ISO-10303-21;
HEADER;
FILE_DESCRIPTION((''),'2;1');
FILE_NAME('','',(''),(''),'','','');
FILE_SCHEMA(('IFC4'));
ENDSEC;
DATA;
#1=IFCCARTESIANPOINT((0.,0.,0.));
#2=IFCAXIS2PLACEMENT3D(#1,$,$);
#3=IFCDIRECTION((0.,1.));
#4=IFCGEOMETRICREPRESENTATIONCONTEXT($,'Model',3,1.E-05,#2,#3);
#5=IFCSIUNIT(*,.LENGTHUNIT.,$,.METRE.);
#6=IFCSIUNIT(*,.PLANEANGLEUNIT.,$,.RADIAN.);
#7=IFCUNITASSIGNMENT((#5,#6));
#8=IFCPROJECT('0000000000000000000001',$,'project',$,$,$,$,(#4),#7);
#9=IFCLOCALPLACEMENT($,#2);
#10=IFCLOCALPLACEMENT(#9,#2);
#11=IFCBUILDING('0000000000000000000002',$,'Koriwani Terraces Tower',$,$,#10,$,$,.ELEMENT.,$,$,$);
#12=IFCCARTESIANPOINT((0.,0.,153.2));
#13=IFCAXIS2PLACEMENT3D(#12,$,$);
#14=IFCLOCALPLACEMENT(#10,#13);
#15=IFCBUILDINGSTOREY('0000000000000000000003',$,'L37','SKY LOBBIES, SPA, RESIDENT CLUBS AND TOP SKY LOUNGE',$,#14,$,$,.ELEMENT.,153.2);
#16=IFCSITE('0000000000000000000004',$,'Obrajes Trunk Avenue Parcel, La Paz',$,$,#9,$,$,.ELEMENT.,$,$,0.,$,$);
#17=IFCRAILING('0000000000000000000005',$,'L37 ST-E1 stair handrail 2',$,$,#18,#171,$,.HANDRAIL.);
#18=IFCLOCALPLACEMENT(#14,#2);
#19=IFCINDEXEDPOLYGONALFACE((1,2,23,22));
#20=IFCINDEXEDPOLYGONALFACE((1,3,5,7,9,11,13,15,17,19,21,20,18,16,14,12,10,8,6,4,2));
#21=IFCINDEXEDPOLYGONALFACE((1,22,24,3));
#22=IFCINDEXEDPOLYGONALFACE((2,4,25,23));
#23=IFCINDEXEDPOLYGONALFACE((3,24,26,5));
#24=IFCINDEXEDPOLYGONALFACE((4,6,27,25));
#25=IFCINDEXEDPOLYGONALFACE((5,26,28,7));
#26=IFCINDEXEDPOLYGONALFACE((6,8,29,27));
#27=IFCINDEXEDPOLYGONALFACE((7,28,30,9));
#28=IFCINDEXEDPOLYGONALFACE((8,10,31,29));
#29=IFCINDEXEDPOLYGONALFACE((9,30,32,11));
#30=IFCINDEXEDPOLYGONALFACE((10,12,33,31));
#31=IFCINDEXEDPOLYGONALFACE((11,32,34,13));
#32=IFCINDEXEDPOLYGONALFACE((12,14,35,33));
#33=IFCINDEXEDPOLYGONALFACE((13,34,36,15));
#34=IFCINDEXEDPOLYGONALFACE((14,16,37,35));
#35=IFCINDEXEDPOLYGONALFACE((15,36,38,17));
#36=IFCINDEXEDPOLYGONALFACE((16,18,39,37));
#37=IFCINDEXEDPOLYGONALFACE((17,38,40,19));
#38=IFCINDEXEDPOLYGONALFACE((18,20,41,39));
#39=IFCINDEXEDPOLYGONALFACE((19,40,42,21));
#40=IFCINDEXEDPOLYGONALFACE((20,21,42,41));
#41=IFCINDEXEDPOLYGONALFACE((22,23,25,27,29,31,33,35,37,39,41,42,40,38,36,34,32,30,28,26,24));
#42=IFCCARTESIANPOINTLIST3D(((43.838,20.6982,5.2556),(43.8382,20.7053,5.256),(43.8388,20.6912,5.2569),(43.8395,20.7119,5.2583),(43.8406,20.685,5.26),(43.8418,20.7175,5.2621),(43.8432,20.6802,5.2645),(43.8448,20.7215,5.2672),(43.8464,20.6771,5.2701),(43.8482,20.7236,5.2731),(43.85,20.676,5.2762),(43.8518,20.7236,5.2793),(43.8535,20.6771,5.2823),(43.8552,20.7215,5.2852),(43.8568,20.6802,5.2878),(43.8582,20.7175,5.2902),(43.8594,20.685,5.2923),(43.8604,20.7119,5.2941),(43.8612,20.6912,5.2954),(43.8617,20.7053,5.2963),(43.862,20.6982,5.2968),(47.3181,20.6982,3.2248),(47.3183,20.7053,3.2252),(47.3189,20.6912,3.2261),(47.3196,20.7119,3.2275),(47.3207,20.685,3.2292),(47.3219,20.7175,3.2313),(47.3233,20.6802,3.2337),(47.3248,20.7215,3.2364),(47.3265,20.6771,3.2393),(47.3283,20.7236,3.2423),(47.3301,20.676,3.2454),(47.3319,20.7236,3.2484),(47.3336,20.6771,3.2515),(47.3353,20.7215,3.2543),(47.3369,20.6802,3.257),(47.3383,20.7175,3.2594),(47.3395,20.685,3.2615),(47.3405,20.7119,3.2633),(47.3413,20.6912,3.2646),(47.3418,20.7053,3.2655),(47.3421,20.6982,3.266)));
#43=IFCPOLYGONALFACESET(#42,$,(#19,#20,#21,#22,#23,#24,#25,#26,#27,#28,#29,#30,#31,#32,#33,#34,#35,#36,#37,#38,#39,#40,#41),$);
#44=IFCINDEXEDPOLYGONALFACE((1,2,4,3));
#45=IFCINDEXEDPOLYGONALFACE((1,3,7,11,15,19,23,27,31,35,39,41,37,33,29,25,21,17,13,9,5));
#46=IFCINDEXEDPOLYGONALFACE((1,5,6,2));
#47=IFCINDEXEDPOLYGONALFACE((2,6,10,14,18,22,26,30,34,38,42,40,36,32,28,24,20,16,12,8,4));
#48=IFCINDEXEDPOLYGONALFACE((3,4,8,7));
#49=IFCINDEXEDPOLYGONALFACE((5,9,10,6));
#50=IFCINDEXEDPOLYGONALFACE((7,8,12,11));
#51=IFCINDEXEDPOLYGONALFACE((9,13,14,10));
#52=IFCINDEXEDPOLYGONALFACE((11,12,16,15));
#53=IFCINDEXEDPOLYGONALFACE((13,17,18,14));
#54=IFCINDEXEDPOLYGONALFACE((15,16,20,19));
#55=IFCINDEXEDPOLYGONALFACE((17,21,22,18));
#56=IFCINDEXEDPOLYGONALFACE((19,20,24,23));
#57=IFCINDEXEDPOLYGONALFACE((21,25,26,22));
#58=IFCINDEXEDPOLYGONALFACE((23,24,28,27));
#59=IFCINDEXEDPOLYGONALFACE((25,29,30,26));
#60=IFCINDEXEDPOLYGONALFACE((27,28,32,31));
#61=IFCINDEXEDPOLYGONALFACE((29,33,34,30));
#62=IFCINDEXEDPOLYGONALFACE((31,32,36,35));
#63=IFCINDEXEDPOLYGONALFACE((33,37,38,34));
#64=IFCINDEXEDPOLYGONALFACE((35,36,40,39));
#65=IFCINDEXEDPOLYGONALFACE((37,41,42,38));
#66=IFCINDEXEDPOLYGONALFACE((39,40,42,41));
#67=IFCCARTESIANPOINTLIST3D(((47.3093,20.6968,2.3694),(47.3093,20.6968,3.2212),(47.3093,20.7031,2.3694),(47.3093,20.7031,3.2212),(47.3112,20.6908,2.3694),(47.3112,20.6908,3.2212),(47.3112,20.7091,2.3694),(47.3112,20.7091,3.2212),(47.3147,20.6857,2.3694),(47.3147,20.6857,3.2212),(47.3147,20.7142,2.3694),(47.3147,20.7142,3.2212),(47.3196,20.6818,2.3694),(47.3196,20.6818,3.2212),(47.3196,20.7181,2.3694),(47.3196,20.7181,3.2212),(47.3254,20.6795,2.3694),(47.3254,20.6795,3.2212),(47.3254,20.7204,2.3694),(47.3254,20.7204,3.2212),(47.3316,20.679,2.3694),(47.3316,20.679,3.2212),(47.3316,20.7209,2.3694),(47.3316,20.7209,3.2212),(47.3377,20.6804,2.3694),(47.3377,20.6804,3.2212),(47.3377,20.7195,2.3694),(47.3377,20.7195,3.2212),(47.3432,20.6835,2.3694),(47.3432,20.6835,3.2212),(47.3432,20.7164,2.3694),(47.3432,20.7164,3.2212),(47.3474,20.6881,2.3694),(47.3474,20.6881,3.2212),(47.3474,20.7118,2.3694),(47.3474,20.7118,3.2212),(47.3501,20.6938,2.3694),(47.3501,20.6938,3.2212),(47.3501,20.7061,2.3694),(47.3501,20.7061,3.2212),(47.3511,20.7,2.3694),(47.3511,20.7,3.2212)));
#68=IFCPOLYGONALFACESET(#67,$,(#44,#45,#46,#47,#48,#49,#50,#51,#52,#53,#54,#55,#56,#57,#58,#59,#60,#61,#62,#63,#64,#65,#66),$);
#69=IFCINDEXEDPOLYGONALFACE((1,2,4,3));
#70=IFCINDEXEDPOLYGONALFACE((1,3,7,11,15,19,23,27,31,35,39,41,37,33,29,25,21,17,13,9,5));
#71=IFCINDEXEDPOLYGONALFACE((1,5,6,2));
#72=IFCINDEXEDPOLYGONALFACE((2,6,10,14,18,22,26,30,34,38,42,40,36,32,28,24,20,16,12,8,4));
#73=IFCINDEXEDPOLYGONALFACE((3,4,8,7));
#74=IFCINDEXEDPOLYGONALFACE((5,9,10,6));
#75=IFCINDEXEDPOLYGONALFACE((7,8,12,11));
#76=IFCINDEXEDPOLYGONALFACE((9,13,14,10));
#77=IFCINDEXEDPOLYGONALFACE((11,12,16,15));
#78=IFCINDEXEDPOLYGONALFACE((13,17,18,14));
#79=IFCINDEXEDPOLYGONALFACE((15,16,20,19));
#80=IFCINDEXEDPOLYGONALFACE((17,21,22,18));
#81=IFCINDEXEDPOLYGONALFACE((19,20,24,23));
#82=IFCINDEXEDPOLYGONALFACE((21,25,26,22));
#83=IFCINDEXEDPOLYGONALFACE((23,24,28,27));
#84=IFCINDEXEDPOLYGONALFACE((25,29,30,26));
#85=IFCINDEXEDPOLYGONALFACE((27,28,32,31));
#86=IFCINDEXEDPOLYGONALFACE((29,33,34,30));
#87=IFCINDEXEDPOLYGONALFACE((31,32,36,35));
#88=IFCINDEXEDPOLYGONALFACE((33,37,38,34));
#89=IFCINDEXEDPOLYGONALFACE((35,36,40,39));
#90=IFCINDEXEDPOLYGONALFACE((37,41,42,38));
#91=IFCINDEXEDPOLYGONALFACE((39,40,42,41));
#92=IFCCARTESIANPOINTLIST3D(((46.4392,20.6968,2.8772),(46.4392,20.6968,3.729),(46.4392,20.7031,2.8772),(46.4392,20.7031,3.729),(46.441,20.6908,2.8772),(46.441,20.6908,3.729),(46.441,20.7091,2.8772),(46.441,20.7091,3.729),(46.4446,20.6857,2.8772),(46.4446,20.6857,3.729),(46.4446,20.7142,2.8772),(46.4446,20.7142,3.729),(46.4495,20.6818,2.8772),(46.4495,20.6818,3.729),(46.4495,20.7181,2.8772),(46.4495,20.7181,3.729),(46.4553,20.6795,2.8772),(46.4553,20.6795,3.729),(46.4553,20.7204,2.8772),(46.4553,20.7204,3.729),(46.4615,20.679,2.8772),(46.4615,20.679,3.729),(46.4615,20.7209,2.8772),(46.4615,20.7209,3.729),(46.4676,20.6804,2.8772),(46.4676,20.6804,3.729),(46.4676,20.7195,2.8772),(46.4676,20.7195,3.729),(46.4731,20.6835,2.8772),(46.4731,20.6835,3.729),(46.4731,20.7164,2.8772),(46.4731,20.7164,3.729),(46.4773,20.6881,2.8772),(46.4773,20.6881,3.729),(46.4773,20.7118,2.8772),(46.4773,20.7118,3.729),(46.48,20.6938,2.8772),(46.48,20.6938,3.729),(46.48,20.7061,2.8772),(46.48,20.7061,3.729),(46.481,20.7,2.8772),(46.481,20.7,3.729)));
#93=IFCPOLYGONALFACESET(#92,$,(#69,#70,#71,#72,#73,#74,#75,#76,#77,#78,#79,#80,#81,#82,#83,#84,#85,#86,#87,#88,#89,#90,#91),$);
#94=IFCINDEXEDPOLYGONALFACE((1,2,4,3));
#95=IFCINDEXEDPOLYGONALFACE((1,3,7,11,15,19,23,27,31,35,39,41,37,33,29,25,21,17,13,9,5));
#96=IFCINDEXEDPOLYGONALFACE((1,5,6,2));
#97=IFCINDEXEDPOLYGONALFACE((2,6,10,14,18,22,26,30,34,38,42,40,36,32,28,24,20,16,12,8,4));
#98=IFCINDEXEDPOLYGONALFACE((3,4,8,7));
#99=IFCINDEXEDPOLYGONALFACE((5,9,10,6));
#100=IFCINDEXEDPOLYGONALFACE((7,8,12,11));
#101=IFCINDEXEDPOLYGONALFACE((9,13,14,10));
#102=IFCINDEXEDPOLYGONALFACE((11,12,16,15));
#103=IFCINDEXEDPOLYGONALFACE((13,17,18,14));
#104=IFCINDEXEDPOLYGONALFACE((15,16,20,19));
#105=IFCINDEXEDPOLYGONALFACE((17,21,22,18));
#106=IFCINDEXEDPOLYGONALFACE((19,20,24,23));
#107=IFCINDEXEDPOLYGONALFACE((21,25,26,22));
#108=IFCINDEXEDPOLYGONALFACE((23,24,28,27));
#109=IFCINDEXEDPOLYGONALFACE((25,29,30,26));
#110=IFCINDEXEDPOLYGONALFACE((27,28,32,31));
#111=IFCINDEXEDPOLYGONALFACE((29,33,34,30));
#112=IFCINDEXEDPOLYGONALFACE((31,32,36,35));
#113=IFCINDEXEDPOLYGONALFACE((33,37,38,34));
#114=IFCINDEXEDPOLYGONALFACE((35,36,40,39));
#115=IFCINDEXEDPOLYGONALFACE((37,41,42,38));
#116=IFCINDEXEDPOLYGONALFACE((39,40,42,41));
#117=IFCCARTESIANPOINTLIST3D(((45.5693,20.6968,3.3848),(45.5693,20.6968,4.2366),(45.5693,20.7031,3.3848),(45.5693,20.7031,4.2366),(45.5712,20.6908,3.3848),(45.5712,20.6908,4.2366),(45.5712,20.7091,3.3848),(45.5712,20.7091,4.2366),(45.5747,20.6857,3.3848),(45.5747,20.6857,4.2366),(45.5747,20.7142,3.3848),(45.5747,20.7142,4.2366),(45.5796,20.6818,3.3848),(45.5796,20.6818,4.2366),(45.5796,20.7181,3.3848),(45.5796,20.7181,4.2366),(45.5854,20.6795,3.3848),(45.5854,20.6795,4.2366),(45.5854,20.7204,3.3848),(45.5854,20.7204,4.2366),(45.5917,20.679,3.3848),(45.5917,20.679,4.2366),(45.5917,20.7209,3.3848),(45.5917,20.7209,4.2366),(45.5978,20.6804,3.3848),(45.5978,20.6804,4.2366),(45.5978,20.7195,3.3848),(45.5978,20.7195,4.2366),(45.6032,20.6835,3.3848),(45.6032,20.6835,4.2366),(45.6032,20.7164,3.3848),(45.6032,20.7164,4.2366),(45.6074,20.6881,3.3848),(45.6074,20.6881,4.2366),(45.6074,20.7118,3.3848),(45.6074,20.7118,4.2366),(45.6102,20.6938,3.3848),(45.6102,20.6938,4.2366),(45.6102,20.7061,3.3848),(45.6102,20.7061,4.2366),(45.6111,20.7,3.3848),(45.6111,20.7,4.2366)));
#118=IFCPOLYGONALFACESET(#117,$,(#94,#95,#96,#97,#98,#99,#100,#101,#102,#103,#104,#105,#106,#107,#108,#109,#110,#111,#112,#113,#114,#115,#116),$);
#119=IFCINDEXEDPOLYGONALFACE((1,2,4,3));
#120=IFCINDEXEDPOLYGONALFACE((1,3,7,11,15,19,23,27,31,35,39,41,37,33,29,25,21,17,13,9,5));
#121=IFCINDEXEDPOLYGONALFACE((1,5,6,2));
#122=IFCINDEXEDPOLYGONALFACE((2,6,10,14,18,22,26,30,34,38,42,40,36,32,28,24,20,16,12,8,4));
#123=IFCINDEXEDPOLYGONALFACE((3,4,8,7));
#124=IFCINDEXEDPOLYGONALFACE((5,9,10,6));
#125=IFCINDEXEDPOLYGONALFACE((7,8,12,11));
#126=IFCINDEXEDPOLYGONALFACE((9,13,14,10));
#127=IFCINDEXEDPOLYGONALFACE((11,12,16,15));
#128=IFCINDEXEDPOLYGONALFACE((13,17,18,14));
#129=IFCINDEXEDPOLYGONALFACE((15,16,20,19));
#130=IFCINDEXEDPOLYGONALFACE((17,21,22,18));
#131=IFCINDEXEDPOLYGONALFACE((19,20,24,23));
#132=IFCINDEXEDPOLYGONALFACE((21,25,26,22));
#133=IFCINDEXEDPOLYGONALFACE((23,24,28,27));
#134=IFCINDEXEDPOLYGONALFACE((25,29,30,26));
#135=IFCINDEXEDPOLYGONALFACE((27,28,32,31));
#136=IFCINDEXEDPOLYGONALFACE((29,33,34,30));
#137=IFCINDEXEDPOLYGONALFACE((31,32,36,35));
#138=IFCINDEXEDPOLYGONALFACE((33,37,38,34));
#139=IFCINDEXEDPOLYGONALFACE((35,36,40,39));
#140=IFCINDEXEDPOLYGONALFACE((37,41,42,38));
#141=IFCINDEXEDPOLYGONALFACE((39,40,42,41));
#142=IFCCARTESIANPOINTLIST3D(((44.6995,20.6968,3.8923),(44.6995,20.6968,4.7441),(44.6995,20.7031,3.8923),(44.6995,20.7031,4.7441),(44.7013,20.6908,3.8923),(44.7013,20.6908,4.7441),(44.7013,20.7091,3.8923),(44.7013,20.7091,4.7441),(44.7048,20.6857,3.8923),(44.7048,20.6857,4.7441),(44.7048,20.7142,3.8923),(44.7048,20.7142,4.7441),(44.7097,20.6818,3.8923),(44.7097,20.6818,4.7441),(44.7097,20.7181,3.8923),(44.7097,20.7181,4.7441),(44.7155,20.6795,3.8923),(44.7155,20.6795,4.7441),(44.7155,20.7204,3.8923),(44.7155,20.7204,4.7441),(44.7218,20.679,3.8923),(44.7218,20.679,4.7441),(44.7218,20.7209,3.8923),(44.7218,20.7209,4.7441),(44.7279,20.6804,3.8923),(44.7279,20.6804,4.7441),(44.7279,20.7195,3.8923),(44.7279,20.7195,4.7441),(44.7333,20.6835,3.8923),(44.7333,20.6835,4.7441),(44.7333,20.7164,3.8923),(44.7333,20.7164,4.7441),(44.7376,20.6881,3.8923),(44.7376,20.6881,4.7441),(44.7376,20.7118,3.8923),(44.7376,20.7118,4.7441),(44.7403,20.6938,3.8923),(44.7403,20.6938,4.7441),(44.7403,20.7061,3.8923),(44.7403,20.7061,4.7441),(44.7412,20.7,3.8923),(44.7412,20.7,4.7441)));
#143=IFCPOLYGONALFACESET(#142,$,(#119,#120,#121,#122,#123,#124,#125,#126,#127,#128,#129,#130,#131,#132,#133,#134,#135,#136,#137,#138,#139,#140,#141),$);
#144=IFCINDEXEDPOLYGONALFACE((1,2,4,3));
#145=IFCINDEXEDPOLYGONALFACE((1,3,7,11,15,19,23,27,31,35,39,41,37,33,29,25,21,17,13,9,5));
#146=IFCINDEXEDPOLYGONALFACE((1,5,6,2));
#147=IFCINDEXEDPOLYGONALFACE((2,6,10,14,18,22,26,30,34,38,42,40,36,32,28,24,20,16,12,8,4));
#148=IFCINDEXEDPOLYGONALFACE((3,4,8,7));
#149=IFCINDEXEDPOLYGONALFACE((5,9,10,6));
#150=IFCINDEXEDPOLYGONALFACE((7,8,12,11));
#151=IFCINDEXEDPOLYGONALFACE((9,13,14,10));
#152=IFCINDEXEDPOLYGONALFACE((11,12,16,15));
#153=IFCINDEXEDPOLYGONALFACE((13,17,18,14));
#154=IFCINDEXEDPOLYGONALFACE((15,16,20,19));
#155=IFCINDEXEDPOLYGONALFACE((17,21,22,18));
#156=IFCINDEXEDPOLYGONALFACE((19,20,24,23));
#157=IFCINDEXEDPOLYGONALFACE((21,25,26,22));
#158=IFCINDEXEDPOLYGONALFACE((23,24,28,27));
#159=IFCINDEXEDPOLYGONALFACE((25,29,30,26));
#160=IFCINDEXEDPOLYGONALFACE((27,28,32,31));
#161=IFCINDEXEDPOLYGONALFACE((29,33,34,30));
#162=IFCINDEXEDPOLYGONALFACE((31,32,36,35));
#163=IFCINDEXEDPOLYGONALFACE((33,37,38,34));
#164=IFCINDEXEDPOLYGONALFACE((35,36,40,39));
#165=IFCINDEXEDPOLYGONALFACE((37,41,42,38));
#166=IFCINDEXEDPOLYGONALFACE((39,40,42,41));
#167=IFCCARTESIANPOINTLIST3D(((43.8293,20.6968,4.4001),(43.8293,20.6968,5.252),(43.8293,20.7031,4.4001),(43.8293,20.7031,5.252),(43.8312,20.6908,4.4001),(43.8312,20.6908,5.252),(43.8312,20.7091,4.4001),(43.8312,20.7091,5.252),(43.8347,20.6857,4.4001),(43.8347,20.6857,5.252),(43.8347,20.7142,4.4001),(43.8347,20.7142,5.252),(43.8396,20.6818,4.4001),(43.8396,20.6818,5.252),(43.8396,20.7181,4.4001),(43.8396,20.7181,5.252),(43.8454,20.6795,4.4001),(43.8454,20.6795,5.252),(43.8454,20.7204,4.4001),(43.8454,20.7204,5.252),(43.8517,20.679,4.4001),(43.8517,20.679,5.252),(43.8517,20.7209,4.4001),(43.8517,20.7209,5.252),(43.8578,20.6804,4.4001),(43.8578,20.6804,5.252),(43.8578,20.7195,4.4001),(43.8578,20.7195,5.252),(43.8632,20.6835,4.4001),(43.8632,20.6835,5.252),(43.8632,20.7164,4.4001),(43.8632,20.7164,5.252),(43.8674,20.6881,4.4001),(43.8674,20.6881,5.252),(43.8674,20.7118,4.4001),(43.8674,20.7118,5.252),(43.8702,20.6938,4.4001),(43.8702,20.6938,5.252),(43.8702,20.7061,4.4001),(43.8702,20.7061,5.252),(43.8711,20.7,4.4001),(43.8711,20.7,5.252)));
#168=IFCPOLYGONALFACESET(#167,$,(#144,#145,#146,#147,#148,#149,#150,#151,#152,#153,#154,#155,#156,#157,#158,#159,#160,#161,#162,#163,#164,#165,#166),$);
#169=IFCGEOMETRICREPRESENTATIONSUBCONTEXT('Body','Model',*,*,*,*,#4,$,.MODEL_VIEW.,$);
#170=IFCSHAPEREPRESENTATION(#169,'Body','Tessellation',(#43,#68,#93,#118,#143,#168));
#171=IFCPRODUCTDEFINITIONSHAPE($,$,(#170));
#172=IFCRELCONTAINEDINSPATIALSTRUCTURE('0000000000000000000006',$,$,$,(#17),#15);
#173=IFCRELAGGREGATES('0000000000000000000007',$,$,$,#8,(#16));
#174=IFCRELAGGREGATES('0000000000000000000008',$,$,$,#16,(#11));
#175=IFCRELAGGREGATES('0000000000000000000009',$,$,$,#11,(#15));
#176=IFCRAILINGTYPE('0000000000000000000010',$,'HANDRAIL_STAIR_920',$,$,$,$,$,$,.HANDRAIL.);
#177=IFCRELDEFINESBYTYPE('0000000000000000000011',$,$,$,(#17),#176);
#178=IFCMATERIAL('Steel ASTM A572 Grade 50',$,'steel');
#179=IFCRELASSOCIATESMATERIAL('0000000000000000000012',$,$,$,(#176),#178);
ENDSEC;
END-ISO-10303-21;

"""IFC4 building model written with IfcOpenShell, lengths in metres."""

from ifc_helpers import new_model, si_unit, direction, frame, origin, origin_2d, place, context, subcontext, project, spatial, circle, extrude, material, type_object, element, save


model = new_model("IFC4")

# Units and contexts
model_context = context("Model", 3, precision=1e-05, world=origin(), true_north=direction((0.0, 1.0)))
body_context = subcontext(model_context, "Body", "Model", "MODEL_VIEW")
ifc_project = project(units=[si_unit("LENGTHUNIT", "METRE"), si_unit("PLANEANGLEUNIT", "RADIAN")], contexts=[model_context])

# Site, building, storey
site_placement = place(None, origin())
site = spatial("IfcSite", under=ifc_project, at=site_placement, Name="Obrajes Trunk Avenue Parcel, La Paz", CompositionType="ELEMENT", RefElevation=0.0)
building_placement = place(site_placement, origin())
building = spatial("IfcBuilding", under=site, at=building_placement, Name="Koriwani Terraces Tower", CompositionType="ELEMENT")
storey_placement = place(building_placement, frame((0.0, 0.0, 153.2)))
storey = spatial("IfcBuildingStorey", under=building, at=storey_placement, Name="L37", Description="SKY LOBBIES, SPA, RESIDENT CLUBS AND TOP SKY LOUNGE", CompositionType="ELEMENT", Elevation=153.2)

# Shared definitions
ifc_material_1 = material(Name="Steel ASTM A572 Grade 50", Category="steel")

# Railing
railing_type_1 = type_object("IfcRailingType", Name="HANDRAIL_STAIR_920", PredefinedType="HANDRAIL", material=ifc_material_1)
railing_1_placement = place(storey_placement, frame((47.3301, 20.7, 2.3694)))
element("IfcRailing", 1, at=railing_1_placement, inside=storey, type_object=railing_type_1, Name="L37 ST-E1 stair handrail 2", PredefinedType="HANDRAIL", context=body_context, shape_type="SweptSolid", body=[
    extrude(circle(Radius=0.0239, at=origin_2d()), frame((0.0, 0.0, 0.876), z_axis=(-0.863695, 0.0, 0.504014), x_axis=(0.0, -1.0, 0.0)), (0.0, 0.0, 1.0), 4.0293),
    extrude(circle(Radius=0.021, at=origin_2d()), origin(), (0.0, 0.0, 1.0), 0.8518),
    extrude(circle(Radius=0.021, at=origin_2d()), frame((-0.8701, 0.0, 0.5078)), (0.0, 0.0, 1.0), 0.8518),
    extrude(circle(Radius=0.021, at=origin_2d()), frame((-1.74, 0.0, 1.0154)), (0.0, 0.0, 1.0), 0.8518),
    extrude(circle(Radius=0.021, at=origin_2d()), frame((-2.6099, 0.0, 1.5229)), (0.0, 0.0, 1.0), 0.8518),
    extrude(circle(Radius=0.021, at=origin_2d()), frame((-3.48, 0.0, 2.0308)), (0.0, 0.0, 1.0), 0.8518),
])

save(model, "model.ifc")
